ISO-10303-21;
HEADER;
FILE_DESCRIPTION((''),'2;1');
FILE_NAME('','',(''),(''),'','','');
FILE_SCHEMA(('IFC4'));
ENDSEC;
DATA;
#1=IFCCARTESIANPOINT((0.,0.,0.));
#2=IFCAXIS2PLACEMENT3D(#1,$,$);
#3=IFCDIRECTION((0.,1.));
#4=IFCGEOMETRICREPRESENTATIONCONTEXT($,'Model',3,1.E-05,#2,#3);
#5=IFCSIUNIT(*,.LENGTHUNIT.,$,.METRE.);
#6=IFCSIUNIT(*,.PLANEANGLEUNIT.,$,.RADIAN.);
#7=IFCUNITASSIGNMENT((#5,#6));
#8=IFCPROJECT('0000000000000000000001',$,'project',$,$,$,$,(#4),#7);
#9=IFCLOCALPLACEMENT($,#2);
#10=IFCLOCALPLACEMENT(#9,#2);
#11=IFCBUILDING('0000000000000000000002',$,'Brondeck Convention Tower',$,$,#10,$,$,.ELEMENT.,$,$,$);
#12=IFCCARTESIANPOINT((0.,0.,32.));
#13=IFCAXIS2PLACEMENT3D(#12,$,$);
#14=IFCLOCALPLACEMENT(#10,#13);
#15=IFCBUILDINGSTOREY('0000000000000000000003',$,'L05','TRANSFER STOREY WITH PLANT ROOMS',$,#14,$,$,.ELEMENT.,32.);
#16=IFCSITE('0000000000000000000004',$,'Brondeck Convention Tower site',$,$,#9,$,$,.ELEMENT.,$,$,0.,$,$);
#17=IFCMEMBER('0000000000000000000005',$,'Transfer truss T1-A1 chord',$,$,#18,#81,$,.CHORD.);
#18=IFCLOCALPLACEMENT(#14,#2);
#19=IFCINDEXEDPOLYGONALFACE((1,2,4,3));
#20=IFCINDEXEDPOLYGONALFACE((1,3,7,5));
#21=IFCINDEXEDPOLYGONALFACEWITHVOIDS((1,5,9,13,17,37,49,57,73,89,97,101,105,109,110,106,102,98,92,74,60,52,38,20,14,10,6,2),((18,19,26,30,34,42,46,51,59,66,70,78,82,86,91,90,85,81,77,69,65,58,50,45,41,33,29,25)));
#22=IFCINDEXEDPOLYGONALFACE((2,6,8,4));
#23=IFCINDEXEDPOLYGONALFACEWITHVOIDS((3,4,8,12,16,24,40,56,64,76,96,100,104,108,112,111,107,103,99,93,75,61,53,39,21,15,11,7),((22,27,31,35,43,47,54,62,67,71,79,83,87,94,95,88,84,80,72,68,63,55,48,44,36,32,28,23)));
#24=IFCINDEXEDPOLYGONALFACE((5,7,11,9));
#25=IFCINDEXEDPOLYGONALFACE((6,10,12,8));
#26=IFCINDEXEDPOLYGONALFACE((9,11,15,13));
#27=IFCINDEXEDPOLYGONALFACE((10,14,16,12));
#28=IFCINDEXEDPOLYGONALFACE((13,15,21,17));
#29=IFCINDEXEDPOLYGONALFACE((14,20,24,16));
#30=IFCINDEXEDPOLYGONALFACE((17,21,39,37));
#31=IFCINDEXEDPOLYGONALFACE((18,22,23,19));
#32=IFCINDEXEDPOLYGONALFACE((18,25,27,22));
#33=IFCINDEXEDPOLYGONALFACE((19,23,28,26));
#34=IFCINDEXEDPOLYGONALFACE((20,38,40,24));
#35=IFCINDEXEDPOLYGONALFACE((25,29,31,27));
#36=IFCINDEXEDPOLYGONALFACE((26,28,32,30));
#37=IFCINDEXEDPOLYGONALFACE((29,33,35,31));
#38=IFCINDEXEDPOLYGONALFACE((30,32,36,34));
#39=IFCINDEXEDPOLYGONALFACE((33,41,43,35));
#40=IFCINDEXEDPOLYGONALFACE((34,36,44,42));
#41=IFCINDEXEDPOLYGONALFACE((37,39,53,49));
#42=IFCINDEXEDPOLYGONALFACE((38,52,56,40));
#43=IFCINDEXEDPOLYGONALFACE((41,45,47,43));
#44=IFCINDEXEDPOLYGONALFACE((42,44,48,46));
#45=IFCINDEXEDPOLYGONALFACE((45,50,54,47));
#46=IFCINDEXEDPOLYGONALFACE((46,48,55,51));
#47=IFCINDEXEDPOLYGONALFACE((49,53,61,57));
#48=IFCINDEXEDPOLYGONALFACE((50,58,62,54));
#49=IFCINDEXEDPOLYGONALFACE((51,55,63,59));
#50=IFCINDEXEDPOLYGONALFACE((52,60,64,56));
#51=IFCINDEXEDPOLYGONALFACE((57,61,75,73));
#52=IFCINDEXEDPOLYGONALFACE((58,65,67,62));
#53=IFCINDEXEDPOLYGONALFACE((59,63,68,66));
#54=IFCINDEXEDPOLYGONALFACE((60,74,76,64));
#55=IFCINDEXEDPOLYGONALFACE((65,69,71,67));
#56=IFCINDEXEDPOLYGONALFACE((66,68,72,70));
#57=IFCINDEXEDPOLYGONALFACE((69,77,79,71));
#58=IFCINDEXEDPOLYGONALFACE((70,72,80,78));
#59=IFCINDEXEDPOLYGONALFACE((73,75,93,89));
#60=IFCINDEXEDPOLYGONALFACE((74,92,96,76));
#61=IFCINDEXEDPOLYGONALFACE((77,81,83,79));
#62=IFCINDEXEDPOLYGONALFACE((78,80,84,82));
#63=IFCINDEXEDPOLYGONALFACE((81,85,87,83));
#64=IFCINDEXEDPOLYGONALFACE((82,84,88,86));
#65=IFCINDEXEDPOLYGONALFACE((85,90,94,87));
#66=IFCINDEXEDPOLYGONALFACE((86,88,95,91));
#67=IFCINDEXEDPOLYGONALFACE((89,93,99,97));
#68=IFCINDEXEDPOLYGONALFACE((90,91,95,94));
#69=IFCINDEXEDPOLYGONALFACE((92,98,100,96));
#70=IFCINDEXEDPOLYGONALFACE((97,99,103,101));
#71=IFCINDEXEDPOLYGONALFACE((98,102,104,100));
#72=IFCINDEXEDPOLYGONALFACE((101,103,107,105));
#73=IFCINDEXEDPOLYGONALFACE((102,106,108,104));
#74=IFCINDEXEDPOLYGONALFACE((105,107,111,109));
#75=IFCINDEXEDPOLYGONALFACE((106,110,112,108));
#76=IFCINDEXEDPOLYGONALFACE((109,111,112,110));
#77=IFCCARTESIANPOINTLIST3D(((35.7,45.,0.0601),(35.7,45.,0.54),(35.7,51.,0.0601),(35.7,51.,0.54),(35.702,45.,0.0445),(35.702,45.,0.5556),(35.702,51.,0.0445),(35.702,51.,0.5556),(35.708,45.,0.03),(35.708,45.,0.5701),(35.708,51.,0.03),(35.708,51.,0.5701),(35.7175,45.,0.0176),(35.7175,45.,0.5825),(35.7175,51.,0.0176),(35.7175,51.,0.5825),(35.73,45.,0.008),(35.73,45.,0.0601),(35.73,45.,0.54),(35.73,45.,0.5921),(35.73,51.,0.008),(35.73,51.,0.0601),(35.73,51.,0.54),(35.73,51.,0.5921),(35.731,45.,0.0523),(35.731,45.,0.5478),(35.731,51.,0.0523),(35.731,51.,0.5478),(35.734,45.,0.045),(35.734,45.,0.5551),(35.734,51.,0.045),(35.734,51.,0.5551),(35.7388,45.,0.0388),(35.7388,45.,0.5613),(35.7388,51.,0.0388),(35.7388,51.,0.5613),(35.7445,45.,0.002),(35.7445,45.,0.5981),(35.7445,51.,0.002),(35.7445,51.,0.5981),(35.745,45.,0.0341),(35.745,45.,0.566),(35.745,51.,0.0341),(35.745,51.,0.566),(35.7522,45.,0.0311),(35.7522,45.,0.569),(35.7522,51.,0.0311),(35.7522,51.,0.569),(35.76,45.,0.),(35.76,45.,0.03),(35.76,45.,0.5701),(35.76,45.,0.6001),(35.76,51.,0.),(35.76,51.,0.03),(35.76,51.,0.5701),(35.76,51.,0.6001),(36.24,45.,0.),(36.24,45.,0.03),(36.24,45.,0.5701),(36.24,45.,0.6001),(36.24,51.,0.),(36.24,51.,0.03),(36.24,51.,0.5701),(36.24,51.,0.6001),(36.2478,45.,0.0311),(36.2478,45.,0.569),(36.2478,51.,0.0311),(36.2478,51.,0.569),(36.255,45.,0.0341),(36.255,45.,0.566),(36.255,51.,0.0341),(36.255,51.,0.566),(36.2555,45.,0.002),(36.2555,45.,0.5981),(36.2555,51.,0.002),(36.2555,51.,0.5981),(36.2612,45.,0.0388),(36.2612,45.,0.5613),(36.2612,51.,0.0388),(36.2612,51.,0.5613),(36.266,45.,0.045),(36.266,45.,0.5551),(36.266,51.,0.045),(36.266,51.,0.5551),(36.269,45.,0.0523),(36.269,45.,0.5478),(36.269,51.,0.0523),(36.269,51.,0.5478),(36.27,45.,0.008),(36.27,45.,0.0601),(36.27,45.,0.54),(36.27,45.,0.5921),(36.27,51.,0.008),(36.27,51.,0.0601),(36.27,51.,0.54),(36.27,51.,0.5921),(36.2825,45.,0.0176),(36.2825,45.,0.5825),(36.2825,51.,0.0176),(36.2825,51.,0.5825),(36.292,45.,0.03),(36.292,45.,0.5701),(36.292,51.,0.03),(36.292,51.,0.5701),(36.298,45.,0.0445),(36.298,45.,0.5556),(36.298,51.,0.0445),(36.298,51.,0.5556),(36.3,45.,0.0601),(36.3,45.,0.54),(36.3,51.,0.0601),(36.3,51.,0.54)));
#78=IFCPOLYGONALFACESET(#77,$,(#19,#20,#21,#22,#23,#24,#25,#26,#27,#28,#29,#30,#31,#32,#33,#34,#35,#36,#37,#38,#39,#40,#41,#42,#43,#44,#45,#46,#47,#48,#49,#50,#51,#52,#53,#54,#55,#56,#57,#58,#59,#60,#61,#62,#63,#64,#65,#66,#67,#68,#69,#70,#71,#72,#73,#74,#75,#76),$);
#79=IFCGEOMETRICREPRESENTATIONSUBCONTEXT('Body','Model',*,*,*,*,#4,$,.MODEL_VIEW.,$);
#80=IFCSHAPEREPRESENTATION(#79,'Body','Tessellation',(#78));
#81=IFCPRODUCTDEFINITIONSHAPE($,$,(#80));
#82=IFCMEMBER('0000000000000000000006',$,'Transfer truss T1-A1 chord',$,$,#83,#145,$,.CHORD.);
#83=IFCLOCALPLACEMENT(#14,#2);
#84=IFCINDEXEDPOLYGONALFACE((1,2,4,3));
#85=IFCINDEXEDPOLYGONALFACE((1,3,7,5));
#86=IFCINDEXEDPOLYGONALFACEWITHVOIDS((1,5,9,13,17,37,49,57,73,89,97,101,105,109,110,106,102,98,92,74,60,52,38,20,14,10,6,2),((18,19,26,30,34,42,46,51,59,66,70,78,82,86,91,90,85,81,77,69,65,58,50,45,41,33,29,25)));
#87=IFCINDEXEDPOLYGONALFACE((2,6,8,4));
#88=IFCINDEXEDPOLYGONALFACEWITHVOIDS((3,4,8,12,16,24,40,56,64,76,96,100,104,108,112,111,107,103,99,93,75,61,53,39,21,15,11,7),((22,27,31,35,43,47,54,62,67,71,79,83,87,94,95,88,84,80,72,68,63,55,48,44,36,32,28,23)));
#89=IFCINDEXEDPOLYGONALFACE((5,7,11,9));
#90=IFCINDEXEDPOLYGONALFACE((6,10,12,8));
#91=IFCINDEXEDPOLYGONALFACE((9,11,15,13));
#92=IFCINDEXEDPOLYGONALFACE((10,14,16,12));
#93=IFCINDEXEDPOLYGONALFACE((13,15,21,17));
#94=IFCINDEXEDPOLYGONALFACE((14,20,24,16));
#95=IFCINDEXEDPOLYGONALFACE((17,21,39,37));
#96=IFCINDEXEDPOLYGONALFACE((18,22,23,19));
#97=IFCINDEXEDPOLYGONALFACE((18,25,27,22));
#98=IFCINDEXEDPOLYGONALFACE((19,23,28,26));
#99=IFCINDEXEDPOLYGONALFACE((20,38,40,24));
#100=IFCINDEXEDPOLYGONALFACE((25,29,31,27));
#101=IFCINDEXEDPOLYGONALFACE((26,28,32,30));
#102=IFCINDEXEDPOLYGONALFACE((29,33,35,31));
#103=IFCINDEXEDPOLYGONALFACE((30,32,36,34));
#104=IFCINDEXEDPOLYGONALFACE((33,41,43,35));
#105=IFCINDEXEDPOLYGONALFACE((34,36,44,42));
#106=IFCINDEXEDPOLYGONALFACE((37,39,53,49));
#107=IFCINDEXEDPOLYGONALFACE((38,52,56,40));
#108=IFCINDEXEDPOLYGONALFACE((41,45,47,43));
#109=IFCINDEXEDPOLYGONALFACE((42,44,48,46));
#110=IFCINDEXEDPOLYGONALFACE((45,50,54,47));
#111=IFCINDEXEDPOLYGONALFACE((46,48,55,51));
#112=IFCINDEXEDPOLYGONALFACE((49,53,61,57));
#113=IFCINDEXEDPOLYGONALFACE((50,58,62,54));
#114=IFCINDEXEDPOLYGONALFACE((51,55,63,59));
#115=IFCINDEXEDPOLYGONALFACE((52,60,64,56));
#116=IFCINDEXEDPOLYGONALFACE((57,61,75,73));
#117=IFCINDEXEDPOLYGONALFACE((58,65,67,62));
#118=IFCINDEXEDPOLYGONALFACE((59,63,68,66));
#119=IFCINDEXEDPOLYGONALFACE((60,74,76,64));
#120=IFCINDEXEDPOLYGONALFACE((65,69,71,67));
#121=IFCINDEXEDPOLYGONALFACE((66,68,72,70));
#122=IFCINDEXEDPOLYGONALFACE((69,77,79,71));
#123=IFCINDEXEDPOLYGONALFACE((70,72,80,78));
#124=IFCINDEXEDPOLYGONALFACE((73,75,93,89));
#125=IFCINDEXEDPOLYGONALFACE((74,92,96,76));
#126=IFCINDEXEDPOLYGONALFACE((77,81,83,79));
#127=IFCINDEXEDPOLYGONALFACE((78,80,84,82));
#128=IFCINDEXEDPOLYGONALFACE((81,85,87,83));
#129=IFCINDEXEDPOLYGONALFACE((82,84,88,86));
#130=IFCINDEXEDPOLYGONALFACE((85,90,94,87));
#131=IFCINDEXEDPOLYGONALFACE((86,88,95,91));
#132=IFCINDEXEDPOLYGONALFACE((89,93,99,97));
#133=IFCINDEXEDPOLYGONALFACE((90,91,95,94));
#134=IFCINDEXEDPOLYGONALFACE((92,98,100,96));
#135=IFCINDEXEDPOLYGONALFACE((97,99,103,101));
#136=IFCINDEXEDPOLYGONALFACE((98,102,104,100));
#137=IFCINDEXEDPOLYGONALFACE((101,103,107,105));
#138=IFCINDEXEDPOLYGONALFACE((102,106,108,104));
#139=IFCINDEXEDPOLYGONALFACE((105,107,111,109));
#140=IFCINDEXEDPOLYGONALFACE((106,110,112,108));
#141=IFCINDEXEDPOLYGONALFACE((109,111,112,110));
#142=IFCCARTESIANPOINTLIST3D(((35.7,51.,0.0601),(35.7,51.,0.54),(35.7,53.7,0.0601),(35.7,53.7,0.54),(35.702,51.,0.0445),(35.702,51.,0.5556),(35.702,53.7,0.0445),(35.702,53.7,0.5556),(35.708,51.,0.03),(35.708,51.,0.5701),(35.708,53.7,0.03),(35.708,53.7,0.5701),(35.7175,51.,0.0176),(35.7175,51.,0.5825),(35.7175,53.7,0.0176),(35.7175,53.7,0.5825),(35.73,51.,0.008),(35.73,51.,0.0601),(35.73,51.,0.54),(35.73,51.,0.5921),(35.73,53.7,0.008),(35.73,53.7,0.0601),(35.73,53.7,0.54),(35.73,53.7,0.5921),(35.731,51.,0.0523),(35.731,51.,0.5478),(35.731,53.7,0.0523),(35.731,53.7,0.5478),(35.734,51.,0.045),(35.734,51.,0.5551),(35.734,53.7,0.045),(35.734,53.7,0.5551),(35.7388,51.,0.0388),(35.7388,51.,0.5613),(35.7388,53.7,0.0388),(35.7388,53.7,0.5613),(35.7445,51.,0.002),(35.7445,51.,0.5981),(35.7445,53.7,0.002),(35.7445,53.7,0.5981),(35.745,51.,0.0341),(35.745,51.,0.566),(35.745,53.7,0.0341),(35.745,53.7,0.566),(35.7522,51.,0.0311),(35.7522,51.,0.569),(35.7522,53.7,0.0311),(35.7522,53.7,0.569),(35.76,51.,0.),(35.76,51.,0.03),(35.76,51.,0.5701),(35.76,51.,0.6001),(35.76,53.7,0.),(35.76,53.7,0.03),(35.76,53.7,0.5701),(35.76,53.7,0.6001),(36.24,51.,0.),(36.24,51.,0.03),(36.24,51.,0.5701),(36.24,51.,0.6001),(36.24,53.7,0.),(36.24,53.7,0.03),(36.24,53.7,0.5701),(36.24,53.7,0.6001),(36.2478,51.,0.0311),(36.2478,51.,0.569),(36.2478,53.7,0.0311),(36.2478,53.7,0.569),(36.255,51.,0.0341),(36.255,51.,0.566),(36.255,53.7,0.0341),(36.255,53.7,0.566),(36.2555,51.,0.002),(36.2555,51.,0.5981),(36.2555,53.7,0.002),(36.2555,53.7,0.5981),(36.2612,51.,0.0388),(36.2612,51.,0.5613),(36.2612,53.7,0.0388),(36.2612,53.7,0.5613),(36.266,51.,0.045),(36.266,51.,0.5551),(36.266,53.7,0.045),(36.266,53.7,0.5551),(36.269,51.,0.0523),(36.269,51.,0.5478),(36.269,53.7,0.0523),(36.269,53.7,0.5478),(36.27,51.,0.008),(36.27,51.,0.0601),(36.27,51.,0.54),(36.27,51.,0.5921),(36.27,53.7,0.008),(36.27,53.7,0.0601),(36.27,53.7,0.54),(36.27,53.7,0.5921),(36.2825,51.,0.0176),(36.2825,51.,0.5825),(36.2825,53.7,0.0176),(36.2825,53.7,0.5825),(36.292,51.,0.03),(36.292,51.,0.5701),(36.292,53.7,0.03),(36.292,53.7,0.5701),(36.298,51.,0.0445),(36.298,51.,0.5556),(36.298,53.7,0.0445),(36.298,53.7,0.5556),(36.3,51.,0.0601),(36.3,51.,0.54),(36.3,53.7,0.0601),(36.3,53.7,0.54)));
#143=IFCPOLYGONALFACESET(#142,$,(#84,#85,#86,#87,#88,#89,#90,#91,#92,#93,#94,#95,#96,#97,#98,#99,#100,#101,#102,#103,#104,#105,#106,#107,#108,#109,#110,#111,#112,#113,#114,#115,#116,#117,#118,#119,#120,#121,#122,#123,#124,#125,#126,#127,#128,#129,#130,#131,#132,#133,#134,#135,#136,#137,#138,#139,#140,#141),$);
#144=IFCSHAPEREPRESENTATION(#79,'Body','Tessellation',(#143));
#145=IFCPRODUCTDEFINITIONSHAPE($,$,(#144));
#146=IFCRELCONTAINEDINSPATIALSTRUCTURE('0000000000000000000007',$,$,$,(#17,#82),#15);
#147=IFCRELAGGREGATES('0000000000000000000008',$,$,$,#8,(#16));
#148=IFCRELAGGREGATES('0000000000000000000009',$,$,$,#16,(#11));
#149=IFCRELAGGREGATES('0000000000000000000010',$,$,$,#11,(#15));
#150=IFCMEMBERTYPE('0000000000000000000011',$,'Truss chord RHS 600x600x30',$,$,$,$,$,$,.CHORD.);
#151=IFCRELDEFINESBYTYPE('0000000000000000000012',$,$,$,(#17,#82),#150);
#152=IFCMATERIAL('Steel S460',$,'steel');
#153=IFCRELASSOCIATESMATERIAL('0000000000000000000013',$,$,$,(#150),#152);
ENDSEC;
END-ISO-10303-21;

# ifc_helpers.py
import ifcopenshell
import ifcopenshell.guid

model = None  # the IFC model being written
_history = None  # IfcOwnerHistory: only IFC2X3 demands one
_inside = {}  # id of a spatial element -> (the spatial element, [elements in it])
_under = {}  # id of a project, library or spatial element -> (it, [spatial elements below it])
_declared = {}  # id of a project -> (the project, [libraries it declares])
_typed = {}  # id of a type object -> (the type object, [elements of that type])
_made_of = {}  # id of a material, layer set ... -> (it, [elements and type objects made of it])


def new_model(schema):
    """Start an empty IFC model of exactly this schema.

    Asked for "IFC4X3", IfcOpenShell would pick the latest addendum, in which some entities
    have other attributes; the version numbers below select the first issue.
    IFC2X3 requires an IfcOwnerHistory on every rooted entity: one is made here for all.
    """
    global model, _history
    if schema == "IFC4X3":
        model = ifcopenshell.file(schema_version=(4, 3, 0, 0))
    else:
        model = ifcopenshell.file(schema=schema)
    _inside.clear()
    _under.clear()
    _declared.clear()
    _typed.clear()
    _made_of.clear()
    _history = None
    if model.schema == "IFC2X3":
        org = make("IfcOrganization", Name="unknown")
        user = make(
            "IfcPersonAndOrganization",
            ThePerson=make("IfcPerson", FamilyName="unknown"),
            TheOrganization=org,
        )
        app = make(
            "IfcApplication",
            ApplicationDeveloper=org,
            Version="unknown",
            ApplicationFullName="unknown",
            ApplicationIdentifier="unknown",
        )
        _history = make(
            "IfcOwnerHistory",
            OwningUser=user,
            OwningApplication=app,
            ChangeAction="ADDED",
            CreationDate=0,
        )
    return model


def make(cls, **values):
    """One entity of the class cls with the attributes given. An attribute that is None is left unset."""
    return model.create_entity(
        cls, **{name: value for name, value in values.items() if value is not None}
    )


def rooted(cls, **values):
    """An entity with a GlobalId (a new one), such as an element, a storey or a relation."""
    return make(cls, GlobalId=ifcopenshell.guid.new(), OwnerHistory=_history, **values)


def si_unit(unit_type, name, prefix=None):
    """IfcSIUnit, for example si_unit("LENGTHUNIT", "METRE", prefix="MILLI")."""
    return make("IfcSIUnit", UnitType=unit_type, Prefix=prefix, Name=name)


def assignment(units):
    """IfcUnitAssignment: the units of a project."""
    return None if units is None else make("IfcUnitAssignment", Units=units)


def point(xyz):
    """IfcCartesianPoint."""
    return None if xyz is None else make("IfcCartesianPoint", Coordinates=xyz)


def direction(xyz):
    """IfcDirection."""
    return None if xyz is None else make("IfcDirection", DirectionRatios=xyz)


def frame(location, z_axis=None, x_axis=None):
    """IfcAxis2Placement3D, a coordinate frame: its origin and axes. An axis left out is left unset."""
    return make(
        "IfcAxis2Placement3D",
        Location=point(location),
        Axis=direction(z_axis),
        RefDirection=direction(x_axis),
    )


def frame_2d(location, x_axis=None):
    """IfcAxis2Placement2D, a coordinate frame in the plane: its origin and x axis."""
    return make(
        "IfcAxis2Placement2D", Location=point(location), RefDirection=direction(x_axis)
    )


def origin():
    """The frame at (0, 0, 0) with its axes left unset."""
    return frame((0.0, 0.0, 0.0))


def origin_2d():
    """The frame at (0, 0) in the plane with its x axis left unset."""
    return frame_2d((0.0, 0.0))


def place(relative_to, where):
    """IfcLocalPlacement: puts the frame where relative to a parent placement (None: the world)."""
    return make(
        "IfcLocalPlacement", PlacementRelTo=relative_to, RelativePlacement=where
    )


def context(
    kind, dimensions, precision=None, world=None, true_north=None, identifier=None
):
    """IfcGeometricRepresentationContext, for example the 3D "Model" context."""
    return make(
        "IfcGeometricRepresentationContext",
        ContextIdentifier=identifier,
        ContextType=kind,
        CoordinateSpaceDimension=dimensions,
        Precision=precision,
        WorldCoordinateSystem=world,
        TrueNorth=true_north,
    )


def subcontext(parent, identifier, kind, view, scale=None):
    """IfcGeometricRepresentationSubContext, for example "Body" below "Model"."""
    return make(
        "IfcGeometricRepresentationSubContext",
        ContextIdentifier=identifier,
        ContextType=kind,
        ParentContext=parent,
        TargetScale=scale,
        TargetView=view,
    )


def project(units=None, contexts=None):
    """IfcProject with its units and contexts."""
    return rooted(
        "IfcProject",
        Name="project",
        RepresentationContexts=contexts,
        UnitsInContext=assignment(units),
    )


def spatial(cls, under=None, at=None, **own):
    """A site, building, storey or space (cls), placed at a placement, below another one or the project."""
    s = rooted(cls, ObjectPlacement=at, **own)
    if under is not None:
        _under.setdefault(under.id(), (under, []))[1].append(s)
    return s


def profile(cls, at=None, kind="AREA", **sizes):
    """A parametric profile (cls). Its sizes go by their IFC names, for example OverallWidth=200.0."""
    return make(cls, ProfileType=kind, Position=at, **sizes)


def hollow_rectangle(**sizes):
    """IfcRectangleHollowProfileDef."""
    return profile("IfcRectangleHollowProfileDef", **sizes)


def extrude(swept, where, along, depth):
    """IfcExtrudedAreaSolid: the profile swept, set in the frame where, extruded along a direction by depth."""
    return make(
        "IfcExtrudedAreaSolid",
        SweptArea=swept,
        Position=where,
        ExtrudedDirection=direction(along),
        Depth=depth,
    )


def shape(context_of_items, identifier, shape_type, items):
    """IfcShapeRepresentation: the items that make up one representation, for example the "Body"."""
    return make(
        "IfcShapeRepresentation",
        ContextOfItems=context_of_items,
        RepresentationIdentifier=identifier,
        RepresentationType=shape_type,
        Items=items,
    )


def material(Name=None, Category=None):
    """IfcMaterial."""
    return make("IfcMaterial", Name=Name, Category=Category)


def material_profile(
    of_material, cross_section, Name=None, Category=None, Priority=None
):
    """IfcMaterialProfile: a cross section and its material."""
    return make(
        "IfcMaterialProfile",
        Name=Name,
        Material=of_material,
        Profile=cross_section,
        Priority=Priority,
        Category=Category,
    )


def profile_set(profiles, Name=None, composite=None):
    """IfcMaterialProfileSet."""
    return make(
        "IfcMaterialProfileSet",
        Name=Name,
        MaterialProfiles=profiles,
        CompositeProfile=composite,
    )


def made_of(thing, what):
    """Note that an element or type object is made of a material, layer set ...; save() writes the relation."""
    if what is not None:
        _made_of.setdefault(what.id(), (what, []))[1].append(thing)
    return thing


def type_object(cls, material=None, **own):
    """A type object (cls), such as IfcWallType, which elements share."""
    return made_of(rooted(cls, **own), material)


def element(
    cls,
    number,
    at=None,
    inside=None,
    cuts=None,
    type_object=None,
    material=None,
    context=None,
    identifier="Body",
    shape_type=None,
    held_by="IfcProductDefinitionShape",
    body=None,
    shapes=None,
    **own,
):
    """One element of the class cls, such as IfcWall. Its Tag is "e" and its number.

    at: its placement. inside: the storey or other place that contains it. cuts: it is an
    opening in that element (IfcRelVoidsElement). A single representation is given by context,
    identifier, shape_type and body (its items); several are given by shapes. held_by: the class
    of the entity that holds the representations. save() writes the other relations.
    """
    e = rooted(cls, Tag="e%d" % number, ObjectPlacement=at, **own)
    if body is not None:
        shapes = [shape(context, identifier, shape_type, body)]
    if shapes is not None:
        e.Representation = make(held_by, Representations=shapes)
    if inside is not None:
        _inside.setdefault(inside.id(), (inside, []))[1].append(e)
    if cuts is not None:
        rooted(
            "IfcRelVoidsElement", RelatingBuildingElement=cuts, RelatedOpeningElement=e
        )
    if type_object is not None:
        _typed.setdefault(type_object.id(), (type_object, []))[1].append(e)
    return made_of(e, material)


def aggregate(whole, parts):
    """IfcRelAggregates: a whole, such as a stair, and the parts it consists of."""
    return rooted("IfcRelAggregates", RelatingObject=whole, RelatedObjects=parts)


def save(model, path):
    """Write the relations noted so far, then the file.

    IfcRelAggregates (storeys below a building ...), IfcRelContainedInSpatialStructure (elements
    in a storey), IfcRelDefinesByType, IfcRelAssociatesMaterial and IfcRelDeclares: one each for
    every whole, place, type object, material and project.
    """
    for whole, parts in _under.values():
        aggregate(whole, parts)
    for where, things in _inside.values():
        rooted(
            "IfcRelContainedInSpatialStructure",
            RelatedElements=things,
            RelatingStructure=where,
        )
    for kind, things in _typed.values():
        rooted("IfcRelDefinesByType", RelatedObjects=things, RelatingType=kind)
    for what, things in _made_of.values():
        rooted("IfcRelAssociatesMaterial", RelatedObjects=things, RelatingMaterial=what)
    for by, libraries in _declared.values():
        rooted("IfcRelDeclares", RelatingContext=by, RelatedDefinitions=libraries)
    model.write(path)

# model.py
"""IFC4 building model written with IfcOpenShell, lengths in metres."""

from ifc_helpers import new_model, si_unit, direction, frame, origin, origin_2d, place, context, subcontext, project, spatial, hollow_rectangle, extrude, material, material_profile, profile_set, type_object, element, save


model = new_model("IFC4")

# Units and contexts
model_context = context("Model", 3, precision=1e-05, world=origin(), true_north=direction((0.0, 1.0)))
body_context = subcontext(model_context, "Body", "Model", "MODEL_VIEW")
ifc_project = project(units=[si_unit("LENGTHUNIT", "METRE"), si_unit("PLANEANGLEUNIT", "RADIAN")], contexts=[model_context])

# Site, building, storey
site_placement = place(None, origin())
site = spatial("IfcSite", under=ifc_project, at=site_placement, Name="Brondeck Convention Tower site", CompositionType="ELEMENT", RefElevation=0.0)
building_placement = place(site_placement, origin())
building = spatial("IfcBuilding", under=site, at=building_placement, Name="Brondeck Convention Tower", CompositionType="ELEMENT")
storey_placement = place(building_placement, frame((0.0, 0.0, 32.0)))
storey = spatial("IfcBuildingStorey", under=building, at=storey_placement, Name="L05", Description="TRANSFER STOREY WITH PLANT ROOMS", CompositionType="ELEMENT", Elevation=32.0)

# Shared definitions
ifc_material_1 = material(Name="Steel S460", Category="steel")

# Members
ifc_material_profile_1 = material_profile(ifc_material_1, hollow_rectangle(XDim=0.6001, YDim=0.6001, WallThickness=0.03, InnerFilletRadius=0.03, OuterFilletRadius=0.0601, at=origin_2d()), Name="RHS 600x600x30")
ifc_profile_set_1 = profile_set([ifc_material_profile_1], Name="Steel S460")
member_type_1 = type_object("IfcMemberType", Name="Truss chord RHS 600x600x30", PredefinedType="CHORD", material=ifc_profile_set_1)
for number, where, z_axis, x_axis, name in (
    (1, (36.0, 45.0, 0.3), (0.0, 1.0, 0.0), (-1.0, 0.0, 0.0), "Transfer truss T1-A1 chord"),
):
    element("IfcMember", number, at=place(storey_placement, frame(where, z_axis=z_axis, x_axis=x_axis)), inside=storey, type_object=member_type_1, Name=name, PredefinedType="CHORD", context=body_context, shape_type="SweptSolid", body=[
        extrude(hollow_rectangle(XDim=0.6001, YDim=0.6001, WallThickness=0.03, InnerFilletRadius=0.03, OuterFilletRadius=0.0601, at=origin_2d()), origin(), (0.0, 0.0, 1.0), 6.0),
    ])
member_1_placement = place(storey_placement, frame((36.0, 51.0, 0.3), z_axis=(0.0, 1.0, 0.0), x_axis=(-1.0, 0.0, 0.0)))
element("IfcMember", 2, at=member_1_placement, inside=storey, type_object=member_type_1, Name="Transfer truss T1-A1 chord", PredefinedType="CHORD", context=body_context, shape_type="SweptSolid", body=[
    extrude(hollow_rectangle(XDim=0.6001, YDim=0.6001, WallThickness=0.03, InnerFilletRadius=0.03, OuterFilletRadius=0.0601, at=origin_2d()), origin(), (0.0, 0.0, 1.0), 2.7),
])

save(model, "model.ifc")
